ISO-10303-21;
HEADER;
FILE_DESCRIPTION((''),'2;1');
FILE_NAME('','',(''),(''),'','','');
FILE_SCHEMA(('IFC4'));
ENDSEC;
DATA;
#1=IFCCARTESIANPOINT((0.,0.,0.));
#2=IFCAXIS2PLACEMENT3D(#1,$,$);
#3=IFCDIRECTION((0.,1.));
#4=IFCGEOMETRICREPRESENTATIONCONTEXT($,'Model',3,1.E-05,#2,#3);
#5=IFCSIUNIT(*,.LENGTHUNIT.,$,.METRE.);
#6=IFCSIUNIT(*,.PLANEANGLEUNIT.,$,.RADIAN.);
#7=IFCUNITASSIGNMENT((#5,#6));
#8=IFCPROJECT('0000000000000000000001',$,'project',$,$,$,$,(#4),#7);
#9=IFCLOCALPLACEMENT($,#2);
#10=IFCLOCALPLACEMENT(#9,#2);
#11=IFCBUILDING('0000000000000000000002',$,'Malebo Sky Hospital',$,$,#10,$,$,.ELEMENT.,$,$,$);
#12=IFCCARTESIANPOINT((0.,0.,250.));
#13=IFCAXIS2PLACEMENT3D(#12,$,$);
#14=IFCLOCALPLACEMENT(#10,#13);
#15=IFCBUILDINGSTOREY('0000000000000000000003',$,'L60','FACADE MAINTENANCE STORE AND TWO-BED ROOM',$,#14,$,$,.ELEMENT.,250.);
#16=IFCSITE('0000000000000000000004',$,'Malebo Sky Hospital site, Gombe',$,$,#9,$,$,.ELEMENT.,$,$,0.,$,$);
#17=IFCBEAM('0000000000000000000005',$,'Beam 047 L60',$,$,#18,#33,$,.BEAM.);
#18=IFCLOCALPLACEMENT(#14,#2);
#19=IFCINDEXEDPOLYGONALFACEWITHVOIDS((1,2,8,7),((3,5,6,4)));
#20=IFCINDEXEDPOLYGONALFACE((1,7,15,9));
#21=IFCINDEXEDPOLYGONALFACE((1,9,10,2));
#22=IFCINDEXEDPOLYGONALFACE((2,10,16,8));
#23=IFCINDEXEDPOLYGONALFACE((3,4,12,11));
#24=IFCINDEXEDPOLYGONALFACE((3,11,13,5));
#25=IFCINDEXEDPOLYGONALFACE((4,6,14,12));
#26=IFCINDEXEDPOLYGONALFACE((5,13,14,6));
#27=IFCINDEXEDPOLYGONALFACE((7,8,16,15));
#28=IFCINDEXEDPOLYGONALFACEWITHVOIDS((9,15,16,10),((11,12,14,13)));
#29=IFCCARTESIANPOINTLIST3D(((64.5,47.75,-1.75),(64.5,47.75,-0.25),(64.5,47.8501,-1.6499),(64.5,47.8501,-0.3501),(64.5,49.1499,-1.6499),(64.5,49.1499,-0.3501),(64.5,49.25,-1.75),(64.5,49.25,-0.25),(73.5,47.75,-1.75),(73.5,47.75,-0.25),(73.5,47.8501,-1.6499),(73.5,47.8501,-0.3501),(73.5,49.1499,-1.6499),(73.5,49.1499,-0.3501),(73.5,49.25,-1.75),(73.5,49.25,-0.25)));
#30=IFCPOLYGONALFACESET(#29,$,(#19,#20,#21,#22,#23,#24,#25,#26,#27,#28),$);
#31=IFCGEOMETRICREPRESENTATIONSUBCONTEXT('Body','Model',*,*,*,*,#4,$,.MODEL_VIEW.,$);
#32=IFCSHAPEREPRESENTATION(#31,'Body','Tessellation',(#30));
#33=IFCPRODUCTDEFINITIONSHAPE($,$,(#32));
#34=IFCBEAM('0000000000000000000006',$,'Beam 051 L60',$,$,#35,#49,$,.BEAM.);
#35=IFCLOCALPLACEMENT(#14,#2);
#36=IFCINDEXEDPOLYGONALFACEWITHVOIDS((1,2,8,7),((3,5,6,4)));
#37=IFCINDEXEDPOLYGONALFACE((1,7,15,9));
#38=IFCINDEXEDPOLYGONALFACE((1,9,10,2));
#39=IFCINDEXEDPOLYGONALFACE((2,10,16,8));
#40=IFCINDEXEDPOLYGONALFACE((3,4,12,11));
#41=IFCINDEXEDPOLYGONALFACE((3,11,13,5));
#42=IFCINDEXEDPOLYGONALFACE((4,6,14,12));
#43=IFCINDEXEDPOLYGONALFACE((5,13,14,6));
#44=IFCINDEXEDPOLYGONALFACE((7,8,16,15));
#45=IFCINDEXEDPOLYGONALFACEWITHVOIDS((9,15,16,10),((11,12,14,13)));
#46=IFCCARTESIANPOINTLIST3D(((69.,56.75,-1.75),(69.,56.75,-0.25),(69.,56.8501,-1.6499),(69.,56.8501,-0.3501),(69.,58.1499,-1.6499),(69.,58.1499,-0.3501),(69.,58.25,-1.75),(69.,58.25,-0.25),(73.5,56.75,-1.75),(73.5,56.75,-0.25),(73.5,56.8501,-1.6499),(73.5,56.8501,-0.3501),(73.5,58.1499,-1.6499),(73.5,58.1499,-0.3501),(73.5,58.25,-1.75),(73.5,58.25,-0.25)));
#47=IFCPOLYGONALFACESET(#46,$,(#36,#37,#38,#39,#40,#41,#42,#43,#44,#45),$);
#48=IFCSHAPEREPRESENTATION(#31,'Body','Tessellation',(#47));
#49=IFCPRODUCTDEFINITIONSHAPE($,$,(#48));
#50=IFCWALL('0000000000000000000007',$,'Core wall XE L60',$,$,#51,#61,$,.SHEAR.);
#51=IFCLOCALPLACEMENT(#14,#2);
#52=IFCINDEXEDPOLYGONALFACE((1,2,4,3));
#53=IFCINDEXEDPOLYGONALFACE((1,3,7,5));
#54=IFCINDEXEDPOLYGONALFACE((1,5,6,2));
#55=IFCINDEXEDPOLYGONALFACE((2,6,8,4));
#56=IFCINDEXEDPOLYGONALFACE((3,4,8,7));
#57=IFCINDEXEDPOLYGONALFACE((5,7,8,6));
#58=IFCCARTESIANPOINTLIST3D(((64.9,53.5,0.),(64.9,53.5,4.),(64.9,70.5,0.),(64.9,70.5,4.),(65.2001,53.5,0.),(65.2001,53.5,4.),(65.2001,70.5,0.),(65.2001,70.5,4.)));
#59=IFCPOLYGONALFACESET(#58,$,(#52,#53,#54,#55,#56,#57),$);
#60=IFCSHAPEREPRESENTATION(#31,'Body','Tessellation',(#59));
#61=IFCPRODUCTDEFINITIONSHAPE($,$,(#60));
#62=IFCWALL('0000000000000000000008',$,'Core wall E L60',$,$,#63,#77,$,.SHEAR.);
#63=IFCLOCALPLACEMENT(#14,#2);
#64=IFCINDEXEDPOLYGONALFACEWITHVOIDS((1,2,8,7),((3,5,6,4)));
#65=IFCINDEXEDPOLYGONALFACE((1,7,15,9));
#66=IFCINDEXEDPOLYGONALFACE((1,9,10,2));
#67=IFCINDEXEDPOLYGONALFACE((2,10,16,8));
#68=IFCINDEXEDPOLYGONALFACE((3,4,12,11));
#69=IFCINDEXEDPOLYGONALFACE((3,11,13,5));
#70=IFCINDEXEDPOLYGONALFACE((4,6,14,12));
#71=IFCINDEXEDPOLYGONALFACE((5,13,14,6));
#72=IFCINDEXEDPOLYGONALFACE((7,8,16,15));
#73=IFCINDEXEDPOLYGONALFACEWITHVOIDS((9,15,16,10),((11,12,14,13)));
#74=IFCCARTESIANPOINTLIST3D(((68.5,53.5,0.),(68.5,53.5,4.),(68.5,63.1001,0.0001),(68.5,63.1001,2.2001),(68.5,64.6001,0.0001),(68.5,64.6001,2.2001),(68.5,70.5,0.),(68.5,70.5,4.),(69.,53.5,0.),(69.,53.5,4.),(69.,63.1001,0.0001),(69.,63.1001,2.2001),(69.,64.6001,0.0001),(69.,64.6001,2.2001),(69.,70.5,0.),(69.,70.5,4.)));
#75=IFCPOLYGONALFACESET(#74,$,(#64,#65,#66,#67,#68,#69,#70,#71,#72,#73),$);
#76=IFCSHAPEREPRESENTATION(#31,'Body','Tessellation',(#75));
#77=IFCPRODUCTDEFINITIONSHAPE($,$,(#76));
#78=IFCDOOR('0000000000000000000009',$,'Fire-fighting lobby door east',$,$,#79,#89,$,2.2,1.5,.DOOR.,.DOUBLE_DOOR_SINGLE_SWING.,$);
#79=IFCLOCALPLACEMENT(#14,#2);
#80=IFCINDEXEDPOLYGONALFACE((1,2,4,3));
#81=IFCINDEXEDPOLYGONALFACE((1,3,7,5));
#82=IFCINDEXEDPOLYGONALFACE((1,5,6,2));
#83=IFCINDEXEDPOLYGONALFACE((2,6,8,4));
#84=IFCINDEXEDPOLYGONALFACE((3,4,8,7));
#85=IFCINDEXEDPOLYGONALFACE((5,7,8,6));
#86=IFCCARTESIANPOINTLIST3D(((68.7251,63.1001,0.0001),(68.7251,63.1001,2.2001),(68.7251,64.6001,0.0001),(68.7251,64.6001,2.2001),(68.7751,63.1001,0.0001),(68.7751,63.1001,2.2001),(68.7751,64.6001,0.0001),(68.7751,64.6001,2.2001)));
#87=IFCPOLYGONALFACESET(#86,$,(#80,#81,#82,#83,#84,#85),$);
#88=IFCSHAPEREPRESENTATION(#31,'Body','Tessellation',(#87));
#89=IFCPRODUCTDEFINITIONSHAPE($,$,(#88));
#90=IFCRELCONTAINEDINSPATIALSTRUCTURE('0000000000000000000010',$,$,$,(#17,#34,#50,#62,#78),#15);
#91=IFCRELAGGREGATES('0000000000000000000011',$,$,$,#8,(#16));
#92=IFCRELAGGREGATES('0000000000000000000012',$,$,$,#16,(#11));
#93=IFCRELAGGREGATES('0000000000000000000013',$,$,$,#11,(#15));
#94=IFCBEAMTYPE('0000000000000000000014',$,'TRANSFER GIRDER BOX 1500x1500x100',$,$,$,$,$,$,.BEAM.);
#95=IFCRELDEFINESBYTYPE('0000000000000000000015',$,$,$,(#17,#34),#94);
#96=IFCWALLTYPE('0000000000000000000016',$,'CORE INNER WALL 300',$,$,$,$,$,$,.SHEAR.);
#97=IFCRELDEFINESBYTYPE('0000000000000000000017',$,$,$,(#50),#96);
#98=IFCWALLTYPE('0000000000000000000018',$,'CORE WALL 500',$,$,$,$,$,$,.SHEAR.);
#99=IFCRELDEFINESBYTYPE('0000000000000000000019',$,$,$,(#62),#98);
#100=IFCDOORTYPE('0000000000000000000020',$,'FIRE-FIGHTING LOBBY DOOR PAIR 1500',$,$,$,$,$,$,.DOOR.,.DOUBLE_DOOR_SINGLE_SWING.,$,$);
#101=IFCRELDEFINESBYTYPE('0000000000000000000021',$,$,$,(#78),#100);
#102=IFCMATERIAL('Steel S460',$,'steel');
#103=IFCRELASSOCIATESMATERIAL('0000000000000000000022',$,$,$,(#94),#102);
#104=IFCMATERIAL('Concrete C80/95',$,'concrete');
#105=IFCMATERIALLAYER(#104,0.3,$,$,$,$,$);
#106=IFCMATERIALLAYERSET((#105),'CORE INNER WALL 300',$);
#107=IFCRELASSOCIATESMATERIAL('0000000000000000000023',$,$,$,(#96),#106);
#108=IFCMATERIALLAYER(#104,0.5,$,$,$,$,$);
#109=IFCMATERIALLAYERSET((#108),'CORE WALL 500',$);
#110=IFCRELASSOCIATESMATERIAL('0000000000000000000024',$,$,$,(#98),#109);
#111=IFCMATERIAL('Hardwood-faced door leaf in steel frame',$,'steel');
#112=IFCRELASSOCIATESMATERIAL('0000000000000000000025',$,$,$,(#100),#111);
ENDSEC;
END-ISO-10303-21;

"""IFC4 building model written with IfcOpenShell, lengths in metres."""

from ifc_helpers import new_model, si_unit, direction, frame, frame_2d, origin, origin_2d, place, context, subcontext, project, spatial, rectangle, hollow_rectangle, extrude, material, layer, layer_set, material_profile, profile_set, type_object, element, fill, save


model = new_model("IFC4")

# Units and contexts
model_context = context("Model", 3, precision=1e-05, world=origin(), true_north=direction((0.0, 1.0)))
body_context = subcontext(model_context, "Body", "Model", "MODEL_VIEW")
ifc_project = project(units=[si_unit("LENGTHUNIT", "METRE"), si_unit("PLANEANGLEUNIT", "RADIAN")], contexts=[model_context])

# Site, building, storey
site_placement = place(None, origin())
site = spatial("IfcSite", under=ifc_project, at=site_placement, Name="Malebo Sky Hospital site, Gombe", CompositionType="ELEMENT", RefElevation=0.0)
building_placement = place(site_placement, origin())
building = spatial("IfcBuilding", under=site, at=building_placement, Name="Malebo Sky Hospital", CompositionType="ELEMENT")
storey_placement = place(building_placement, frame((0.0, 0.0, 250.0)))
storey = spatial("IfcBuildingStorey", under=building, at=storey_placement, Name="L60", Description="FACADE MAINTENANCE STORE AND TWO-BED ROOM", CompositionType="ELEMENT", Elevation=250.0)

# Beams
ifc_material_1 = material(Name="Steel S460", Category="steel")
ifc_material_profile = material_profile(ifc_material_1, hollow_rectangle(XDim=1.5, YDim=1.5, WallThickness=0.1001, at=origin_2d()), Name="BOX 1500x1500x100")
ifc_profile_set = profile_set([ifc_material_profile], Name="Steel S460")
beam_type = type_object("IfcBeamType", Name="TRANSFER GIRDER BOX 1500x1500x100", PredefinedType="BEAM", material=ifc_profile_set)
beam_1_placement = place(storey_placement, frame((64.5, 48.5, -1.0), z_axis=(1.0, 0.0, 0.0), x_axis=(0.0, 1.0, 0.0)))
element("IfcBeam", 1, at=beam_1_placement, inside=storey, type_object=beam_type, Name="Beam 047 L60", PredefinedType="BEAM", context=body_context, shape_type="SweptSolid", body=[
    extrude(hollow_rectangle(XDim=1.5, YDim=1.5, WallThickness=0.1001, at=origin_2d()), origin(), (0.0, 0.0, 1.0), 9.0),
])
beam_2_placement = place(storey_placement, frame((69.0, 57.5, -1.0), z_axis=(1.0, 0.0, 0.0), x_axis=(0.0, 1.0, 0.0)))
element("IfcBeam", 2, at=beam_2_placement, inside=storey, type_object=beam_type, Name="Beam 051 L60", PredefinedType="BEAM", context=body_context, shape_type="SweptSolid", body=[
    extrude(hollow_rectangle(XDim=1.5, YDim=1.5, WallThickness=0.1001, at=origin_2d()), origin(), (0.0, 0.0, 1.0), 4.5),
])

# Wall
ifc_material_2 = material(Name="Concrete C80/95", Category="concrete")
ifc_layer_1 = layer(ifc_material_2, 0.3)
ifc_layer_set_1 = layer_set([ifc_layer_1], Name="CORE INNER WALL 300")
wall_type_1 = type_object("IfcWallType", Name="CORE INNER WALL 300", PredefinedType="SHEAR", material=ifc_layer_set_1)
wall_1_placement = place(storey_placement, frame((65.05, 53.5, 0.0), z_axis=(0.0, 0.0, 1.0), x_axis=(0.0, 1.0, 0.0)))
element("IfcWall", 3, at=wall_1_placement, inside=storey, type_object=wall_type_1, Name="Core wall XE L60", PredefinedType="SHEAR", context=body_context, shape_type="SweptSolid", body=[
    extrude(rectangle(XDim=17.0, YDim=0.3, at=frame_2d((8.5, 0.0))), origin(), (0.0, 0.0, 1.0), 4.0),
])

# Wall, opening, door
ifc_layer_2 = layer(ifc_material_2, 0.5)
ifc_layer_set_2 = layer_set([ifc_layer_2], Name="CORE WALL 500")
wall_type_2 = type_object("IfcWallType", Name="CORE WALL 500", PredefinedType="SHEAR", material=ifc_layer_set_2)
wall_2_placement = place(storey_placement, frame((68.75, 53.5, 0.0), z_axis=(0.0, 0.0, 1.0), x_axis=(0.0, 1.0, 0.0)))
wall_2 = element("IfcWall", 4, at=wall_2_placement, inside=storey, type_object=wall_type_2, Name="Core wall E L60", PredefinedType="SHEAR", context=body_context, shape_type="SweptSolid", body=[
    extrude(rectangle(XDim=17.0, YDim=0.5, at=frame_2d((8.5, 0.0))), origin(), (0.0, 0.0, 1.0), 4.0),
])
opening_1_placement = place(wall_2_placement, frame((9.6001, 0.0, 0.0)))
opening_1 = element("IfcOpeningElement", 5, at=opening_1_placement, cuts=wall_2, PredefinedType="OPENING", context=body_context, shape_type="SweptSolid", body=[
    extrude(rectangle(XDim=1.5, YDim=2.2, at=frame_2d((0.75, 1.1001))), frame((0.0, 0.26, 0.0), z_axis=(0.0, -1.0, 0.0), x_axis=(1.0, 0.0, 0.0)), (0.0, 0.0, 1.0), 0.52),
])
ifc_material_3 = material(Name="Hardwood-faced door leaf in steel frame", Category="steel")
door_type_1 = type_object("IfcDoorType", Name="FIRE-FIGHTING LOBBY DOOR PAIR 1500", OperationType="DOUBLE_DOOR_SINGLE_SWING", PredefinedType="DOOR", material=ifc_material_3)
door_1_placement = place(opening_1_placement, origin())
door_1 = element("IfcDoor", 6, at=door_1_placement, inside=storey, type_object=door_type_1, Name="Fire-fighting lobby door east", OperationType="DOUBLE_DOOR_SINGLE_SWING", OverallHeight=2.2, OverallWidth=1.5, PredefinedType="DOOR", context=body_context, shape_type="SweptSolid", body=[
    extrude(rectangle(XDim=1.5, YDim=2.2, at=frame_2d((0.75, 1.1001))), frame((0.0, 0.0249, 0.0), z_axis=(0.0, -1.0, 0.0), x_axis=(1.0, 0.0, 0.0)), (0.0, 0.0, 1.0), 0.05),
])
fill(opening_1, door_1)

save(model, "model.ifc")
